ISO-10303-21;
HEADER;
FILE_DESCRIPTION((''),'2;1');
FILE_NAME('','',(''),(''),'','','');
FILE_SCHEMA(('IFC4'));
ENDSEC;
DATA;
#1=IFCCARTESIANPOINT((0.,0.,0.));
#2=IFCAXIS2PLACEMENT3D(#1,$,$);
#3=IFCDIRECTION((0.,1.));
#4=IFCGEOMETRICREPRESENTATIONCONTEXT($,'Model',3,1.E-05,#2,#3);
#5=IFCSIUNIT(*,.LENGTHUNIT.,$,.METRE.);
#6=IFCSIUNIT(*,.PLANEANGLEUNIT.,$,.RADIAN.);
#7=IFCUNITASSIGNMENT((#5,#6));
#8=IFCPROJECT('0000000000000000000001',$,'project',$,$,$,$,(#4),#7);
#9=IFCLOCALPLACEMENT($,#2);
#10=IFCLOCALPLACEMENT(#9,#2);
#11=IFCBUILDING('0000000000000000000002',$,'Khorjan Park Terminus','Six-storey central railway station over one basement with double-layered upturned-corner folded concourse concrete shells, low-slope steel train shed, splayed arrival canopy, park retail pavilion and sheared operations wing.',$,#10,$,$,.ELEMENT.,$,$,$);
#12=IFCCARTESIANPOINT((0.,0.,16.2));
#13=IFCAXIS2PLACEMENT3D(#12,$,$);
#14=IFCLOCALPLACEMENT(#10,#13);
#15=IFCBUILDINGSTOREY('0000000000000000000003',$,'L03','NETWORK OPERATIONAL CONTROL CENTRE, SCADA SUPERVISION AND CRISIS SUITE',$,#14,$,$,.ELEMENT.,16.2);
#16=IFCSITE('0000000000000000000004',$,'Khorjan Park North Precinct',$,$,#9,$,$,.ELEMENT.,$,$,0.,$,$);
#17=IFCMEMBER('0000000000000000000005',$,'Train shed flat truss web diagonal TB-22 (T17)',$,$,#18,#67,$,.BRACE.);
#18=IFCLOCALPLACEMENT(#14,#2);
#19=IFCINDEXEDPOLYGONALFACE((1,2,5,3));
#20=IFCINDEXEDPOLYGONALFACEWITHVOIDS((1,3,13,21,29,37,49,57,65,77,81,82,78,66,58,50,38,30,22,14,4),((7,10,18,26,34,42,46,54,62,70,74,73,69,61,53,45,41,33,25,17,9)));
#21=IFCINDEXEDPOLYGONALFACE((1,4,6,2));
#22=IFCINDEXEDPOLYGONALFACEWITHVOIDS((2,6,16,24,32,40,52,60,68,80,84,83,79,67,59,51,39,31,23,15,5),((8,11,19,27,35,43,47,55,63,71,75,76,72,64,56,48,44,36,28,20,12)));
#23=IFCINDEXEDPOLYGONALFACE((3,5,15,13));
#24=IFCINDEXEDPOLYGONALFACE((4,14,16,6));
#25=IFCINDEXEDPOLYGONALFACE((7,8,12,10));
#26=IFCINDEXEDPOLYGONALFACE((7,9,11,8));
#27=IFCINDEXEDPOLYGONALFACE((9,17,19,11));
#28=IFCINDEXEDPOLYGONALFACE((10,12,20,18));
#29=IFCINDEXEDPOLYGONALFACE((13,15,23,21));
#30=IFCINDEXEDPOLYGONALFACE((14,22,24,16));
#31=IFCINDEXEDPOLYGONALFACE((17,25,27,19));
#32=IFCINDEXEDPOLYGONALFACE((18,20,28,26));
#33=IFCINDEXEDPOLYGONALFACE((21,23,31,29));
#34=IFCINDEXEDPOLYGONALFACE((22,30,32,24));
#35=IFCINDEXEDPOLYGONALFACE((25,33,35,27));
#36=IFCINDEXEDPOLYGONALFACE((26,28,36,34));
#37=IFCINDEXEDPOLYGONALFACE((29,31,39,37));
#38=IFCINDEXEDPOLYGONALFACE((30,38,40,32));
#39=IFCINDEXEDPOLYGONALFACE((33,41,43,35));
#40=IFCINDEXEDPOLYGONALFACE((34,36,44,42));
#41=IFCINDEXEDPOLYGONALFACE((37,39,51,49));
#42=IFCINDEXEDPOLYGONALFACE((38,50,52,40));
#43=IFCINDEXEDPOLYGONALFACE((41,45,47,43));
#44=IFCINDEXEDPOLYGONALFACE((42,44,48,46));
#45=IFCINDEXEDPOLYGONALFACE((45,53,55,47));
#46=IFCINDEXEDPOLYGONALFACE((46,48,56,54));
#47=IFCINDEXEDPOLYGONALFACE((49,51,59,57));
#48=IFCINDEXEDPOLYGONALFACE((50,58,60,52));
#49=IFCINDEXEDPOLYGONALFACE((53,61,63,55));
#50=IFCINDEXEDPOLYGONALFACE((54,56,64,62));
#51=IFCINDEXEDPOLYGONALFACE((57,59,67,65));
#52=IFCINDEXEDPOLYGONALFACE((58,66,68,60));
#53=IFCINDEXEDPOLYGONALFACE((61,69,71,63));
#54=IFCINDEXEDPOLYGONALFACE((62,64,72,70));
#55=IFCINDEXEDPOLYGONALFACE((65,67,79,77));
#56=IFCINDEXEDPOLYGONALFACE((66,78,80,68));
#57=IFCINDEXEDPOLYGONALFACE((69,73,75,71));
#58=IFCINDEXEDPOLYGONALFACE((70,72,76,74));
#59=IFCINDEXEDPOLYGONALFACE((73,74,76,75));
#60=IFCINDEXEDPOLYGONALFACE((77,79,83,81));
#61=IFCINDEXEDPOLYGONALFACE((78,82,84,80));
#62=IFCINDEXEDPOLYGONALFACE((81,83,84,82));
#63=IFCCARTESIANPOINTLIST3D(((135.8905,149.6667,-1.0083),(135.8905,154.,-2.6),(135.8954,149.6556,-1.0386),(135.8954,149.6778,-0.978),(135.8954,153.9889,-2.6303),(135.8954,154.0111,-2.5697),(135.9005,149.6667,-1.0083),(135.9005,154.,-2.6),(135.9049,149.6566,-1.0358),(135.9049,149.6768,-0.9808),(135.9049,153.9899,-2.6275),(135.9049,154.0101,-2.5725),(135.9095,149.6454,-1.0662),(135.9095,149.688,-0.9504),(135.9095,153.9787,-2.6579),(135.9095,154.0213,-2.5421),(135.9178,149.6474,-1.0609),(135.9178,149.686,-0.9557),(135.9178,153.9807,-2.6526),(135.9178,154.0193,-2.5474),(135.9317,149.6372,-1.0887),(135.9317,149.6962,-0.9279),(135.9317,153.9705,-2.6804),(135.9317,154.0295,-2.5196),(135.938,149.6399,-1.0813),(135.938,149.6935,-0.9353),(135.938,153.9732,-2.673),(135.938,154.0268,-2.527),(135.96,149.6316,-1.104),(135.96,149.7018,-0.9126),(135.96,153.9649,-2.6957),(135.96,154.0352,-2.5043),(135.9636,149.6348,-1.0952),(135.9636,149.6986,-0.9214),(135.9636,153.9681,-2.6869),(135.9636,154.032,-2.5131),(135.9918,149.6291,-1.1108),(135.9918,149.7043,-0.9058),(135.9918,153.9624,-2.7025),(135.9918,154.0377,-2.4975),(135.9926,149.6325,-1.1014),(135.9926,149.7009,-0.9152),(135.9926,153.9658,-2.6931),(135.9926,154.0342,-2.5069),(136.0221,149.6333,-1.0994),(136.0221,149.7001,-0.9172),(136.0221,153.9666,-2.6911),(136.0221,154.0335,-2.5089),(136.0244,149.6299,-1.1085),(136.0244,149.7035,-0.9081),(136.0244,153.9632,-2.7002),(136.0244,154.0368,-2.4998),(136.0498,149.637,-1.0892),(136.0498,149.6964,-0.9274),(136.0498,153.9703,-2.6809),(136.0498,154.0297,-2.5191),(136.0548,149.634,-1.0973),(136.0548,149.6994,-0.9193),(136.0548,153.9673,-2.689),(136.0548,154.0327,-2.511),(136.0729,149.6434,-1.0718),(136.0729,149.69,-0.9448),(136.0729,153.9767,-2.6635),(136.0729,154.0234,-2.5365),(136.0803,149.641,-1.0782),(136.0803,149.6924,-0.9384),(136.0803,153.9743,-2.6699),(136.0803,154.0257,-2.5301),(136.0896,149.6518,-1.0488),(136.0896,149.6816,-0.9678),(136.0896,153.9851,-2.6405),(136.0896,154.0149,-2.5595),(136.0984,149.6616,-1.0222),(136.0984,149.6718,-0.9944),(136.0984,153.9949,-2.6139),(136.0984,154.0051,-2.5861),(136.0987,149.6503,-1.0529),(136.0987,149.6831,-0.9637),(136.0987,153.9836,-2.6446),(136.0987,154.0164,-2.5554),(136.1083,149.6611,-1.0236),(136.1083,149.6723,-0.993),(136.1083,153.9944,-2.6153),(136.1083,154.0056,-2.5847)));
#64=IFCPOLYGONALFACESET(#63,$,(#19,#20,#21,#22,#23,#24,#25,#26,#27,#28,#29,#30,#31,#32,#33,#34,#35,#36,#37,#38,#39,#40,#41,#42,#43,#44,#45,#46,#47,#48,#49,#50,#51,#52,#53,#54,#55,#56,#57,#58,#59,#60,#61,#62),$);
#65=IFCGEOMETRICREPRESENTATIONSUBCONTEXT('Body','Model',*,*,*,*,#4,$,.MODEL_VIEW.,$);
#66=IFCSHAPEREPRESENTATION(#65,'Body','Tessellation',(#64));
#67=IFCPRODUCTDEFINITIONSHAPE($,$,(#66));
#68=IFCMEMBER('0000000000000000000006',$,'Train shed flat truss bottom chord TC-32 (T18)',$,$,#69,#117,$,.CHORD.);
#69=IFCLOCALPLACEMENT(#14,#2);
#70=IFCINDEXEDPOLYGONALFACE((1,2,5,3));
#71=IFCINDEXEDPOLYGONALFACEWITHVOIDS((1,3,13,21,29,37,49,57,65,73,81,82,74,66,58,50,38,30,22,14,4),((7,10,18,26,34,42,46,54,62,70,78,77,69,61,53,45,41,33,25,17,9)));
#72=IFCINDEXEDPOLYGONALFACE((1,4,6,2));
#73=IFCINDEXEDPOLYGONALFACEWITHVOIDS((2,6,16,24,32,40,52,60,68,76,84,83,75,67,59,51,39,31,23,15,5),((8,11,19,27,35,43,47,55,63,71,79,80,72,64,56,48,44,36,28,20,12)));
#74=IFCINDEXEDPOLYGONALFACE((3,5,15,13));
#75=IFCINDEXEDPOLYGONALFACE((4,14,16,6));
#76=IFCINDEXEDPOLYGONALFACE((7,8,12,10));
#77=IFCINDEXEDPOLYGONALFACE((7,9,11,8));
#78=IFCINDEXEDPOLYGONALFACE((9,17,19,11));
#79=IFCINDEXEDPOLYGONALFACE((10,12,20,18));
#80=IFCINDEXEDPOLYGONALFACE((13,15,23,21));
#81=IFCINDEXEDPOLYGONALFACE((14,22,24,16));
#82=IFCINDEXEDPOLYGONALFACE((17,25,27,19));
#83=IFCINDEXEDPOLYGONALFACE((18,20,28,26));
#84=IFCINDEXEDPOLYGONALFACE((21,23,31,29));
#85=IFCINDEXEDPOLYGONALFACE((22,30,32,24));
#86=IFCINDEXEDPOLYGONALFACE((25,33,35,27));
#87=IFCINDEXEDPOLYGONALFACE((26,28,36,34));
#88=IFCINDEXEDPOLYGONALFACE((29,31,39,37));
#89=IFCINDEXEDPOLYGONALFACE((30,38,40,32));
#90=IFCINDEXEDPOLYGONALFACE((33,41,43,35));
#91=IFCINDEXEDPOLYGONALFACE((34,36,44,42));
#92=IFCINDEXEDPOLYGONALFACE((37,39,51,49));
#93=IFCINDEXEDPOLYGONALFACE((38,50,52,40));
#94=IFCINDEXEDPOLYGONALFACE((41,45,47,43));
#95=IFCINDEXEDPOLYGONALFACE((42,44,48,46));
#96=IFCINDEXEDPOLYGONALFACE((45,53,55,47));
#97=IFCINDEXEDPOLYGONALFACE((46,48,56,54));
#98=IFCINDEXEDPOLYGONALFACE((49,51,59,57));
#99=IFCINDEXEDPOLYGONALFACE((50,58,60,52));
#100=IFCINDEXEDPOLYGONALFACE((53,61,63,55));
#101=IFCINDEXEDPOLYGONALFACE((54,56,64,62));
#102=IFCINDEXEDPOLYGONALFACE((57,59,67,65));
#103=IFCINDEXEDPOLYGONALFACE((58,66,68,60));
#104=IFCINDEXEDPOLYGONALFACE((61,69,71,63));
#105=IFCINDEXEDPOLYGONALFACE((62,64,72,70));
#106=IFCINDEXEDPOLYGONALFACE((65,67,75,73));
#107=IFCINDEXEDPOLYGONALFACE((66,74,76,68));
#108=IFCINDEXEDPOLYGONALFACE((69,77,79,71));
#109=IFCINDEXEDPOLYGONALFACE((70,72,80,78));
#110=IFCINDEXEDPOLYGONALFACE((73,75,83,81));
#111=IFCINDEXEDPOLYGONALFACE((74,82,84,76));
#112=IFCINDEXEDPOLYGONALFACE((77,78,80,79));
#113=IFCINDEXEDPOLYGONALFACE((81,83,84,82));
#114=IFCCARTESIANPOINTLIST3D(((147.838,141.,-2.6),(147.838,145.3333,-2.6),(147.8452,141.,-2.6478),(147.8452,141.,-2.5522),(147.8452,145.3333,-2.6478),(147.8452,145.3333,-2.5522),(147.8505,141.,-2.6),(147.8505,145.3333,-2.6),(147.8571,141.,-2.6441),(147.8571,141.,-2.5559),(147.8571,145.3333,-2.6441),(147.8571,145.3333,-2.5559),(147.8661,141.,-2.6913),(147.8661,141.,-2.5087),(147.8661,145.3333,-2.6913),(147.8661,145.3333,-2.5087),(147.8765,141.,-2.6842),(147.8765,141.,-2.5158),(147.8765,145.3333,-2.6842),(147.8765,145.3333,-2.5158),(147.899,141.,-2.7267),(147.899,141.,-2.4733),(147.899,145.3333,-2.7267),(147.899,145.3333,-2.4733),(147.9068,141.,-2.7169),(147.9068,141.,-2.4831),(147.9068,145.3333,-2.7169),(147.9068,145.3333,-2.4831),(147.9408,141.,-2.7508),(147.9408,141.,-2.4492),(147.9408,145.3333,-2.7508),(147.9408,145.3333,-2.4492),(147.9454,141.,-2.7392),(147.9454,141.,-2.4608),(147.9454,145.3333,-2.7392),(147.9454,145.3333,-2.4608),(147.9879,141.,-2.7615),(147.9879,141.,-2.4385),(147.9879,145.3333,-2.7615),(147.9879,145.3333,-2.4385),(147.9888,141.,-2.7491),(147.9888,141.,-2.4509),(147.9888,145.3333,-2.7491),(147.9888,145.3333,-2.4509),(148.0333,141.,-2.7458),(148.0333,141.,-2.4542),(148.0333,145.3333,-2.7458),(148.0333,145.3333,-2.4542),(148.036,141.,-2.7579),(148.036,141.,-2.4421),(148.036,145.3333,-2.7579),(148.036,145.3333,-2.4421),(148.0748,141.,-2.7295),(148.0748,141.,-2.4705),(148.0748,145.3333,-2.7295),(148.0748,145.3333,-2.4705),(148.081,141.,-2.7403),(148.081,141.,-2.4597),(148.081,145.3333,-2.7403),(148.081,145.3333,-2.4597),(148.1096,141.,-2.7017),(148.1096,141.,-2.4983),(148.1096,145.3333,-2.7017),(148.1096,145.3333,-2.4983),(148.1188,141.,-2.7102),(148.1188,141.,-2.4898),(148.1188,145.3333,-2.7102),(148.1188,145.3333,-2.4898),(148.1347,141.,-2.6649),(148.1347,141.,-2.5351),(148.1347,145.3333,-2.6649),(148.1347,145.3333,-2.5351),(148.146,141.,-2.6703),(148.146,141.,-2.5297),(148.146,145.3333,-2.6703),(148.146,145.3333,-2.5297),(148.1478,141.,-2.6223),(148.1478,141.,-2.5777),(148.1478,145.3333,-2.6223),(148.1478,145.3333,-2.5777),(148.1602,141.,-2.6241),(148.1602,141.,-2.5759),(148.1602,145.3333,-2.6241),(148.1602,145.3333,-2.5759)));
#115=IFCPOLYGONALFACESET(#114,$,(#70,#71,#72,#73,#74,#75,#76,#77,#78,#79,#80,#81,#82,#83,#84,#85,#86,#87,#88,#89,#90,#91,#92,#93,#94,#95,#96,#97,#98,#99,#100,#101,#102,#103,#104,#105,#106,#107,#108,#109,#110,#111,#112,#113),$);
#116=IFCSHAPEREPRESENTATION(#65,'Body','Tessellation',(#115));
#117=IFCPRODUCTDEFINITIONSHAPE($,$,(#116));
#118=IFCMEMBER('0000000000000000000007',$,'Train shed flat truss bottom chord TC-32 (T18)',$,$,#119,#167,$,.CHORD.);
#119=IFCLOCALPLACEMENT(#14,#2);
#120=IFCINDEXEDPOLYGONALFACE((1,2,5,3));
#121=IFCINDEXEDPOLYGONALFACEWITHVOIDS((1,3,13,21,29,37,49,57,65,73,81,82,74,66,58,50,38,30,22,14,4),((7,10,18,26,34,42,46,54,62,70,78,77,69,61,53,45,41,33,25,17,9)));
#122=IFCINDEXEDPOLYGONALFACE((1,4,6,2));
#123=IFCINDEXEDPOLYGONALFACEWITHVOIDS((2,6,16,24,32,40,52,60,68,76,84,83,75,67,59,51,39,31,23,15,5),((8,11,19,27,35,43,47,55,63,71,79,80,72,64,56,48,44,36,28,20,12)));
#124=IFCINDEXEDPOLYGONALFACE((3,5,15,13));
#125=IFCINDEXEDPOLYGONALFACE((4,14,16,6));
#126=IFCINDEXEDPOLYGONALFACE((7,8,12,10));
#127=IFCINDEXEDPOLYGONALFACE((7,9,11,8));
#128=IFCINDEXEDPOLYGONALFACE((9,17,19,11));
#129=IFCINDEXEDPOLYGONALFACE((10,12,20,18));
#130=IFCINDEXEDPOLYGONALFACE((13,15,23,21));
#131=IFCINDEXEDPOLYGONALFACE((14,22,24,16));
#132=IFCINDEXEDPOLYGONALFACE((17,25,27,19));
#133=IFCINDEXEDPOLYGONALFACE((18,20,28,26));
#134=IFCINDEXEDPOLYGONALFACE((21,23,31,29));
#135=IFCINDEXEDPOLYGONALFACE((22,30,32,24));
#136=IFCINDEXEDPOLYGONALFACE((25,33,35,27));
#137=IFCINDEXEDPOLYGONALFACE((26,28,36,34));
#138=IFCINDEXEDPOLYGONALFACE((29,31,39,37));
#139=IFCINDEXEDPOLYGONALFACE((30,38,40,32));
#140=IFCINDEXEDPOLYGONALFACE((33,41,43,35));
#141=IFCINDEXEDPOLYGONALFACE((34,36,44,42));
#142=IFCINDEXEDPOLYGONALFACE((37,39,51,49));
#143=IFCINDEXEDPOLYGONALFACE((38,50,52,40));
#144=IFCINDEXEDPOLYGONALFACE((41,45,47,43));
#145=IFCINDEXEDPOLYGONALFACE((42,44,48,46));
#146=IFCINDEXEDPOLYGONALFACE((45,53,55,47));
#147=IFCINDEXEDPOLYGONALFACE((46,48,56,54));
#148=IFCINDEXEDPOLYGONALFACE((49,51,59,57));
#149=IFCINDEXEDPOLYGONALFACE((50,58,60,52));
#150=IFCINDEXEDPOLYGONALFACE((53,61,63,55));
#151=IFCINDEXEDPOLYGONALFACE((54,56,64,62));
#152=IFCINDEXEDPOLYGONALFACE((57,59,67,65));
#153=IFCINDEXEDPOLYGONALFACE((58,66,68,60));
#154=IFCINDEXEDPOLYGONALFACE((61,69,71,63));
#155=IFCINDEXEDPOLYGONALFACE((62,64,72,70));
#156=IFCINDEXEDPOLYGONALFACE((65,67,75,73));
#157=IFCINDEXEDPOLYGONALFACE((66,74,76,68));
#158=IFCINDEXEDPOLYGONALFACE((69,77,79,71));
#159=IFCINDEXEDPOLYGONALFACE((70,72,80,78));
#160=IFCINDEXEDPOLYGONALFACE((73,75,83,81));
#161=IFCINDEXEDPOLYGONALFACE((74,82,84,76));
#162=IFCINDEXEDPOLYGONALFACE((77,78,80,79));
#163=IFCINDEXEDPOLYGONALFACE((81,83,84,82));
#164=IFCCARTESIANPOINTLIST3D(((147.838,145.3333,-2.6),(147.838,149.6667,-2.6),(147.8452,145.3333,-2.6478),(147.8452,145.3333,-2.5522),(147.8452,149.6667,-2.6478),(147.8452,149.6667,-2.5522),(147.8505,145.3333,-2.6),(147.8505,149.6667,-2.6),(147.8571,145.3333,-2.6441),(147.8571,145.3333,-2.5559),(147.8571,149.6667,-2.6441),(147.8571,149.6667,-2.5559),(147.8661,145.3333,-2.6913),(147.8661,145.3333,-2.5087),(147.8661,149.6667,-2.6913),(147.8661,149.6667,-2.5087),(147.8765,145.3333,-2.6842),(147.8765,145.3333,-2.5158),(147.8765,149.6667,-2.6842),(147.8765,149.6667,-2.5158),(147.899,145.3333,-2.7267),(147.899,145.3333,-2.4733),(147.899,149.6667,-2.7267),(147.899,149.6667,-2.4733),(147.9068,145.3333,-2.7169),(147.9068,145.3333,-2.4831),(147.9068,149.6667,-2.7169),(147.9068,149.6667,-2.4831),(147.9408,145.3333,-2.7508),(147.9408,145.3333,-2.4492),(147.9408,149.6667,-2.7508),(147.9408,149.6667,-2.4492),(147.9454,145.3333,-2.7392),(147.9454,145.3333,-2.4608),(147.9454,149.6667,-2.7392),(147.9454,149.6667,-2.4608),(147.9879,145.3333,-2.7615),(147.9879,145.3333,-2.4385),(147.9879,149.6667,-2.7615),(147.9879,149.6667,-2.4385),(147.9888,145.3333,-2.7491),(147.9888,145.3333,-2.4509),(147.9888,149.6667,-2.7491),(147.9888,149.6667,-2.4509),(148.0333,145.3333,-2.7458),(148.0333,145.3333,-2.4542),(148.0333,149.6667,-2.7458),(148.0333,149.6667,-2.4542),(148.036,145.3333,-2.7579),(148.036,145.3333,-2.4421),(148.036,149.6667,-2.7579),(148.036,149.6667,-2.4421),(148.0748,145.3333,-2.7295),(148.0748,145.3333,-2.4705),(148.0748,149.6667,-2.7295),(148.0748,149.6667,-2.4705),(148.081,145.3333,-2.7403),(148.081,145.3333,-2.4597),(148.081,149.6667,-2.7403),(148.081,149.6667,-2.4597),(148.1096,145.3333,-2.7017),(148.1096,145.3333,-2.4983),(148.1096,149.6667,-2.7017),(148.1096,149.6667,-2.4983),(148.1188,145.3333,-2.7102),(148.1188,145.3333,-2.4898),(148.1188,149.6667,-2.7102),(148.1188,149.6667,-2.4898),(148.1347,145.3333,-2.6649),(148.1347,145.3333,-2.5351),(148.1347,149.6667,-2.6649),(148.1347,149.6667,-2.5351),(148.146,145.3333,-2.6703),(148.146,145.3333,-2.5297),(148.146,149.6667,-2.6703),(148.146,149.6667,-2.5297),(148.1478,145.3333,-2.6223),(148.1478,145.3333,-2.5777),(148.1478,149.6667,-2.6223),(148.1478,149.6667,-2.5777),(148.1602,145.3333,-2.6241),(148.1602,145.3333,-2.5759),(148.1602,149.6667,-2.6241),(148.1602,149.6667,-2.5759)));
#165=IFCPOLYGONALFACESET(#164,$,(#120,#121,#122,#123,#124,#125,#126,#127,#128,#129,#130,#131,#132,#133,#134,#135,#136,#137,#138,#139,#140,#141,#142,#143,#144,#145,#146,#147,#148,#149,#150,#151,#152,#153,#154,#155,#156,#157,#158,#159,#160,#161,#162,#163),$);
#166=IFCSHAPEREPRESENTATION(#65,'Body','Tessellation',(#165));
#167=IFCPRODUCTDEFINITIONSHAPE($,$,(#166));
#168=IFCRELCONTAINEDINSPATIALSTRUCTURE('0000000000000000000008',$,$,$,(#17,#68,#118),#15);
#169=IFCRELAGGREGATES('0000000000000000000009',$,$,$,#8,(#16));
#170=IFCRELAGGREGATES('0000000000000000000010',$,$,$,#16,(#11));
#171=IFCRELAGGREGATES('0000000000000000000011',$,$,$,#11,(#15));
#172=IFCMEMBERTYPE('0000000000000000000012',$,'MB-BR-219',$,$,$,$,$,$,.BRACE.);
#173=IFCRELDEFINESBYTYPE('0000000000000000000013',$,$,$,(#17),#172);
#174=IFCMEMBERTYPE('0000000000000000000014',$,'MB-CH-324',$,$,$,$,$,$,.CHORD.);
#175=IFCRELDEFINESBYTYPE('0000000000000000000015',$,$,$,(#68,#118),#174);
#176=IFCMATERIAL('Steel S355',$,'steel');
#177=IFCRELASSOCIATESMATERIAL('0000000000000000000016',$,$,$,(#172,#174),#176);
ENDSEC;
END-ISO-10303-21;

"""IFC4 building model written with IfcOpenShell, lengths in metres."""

from ifc_helpers import new_model, si_unit, direction, frame, origin, origin_2d, place, context, subcontext, project, spatial, hollow_circle, extrude, material, material_profile, profile_set, type_object, element, save


model = new_model("IFC4")

# Units and contexts
model_context = context("Model", 3, precision=1e-05, world=origin(), true_north=direction((0.0, 1.0)))
body_context = subcontext(model_context, "Body", "Model", "MODEL_VIEW")
ifc_project = project(units=[si_unit("LENGTHUNIT", "METRE"), si_unit("PLANEANGLEUNIT", "RADIAN")], contexts=[model_context])

# Site, building, storey
site_placement = place(None, origin())
site = spatial("IfcSite", under=ifc_project, at=site_placement, Name="Khorjan Park North Precinct", CompositionType="ELEMENT", RefElevation=0.0)
building_placement = place(site_placement, origin())
building = spatial("IfcBuilding", under=site, at=building_placement, Name="Khorjan Park Terminus", Description="Six-storey central railway station over one basement with double-layered upturned-corner folded concourse concrete shells, low-slope steel train shed, splayed arrival canopy, park retail pavilion and sheared operations wing.", CompositionType="ELEMENT")
storey_placement = place(building_placement, frame((0.0, 0.0, 16.2)))
storey = spatial("IfcBuildingStorey", under=building, at=storey_placement, Name="L03", Description="NETWORK OPERATIONAL CONTROL CENTRE, SCADA SUPERVISION AND CRISIS SUITE", CompositionType="ELEMENT", Elevation=16.2)

# Members
ifc_material = material(Name="Steel S355", Category="steel")
ifc_material_profile_1 = material_profile(ifc_material, hollow_circle(Radius=0.1095, WallThickness=0.01, at=origin_2d()), Name="CHS 219.1x10")
ifc_profile_set_1 = profile_set([ifc_material_profile_1], Name="Steel S355")
member_type_1 = type_object("IfcMemberType", Name="MB-BR-219", PredefinedType="BRACE", material=ifc_profile_set_1)
member_1_placement = place(storey_placement, frame((136.0, 149.6667, -1.0083), z_axis=(0.0, 0.938678, -0.344794), x_axis=(-1.0, 0.0, 0.0)))
element("IfcMember", 1, at=member_1_placement, inside=storey, type_object=member_type_1, Name="Train shed flat truss web diagonal TB-22 (T17)", PredefinedType="BRACE", context=body_context, shape_type="SweptSolid", body=[
    extrude(hollow_circle(Radius=0.1095, WallThickness=0.01, at=origin_2d()), origin(), (0.0, 0.0, 1.0), 4.6164),
])
ifc_material_profile_2 = material_profile(ifc_material, hollow_circle(Radius=0.162, WallThickness=0.0125, at=origin_2d()), Name="CHS 323.9x12.5")
ifc_profile_set_2 = profile_set([ifc_material_profile_2], Name="Steel S355")
member_type_2 = type_object("IfcMemberType", Name="MB-CH-324", PredefinedType="CHORD", material=ifc_profile_set_2)
member_2_placement = place(storey_placement, frame((148.0, 141.0, -2.6), z_axis=(0.0, 1.0, 0.0), x_axis=(-1.0, 0.0, 0.0)))
element("IfcMember", 2, at=member_2_placement, inside=storey, type_object=member_type_2, Name="Train shed flat truss bottom chord TC-32 (T18)", PredefinedType="CHORD", context=body_context, shape_type="SweptSolid", body=[
    extrude(hollow_circle(Radius=0.162, WallThickness=0.0125, at=origin_2d()), origin(), (0.0, 0.0, 1.0), 4.3333),
])
member_3_placement = place(storey_placement, frame((148.0, 145.3333, -2.6), z_axis=(0.0, 1.0, 0.0), x_axis=(-1.0, 0.0, 0.0)))
element("IfcMember", 3, at=member_3_placement, inside=storey, type_object=member_type_2, Name="Train shed flat truss bottom chord TC-32 (T18)", PredefinedType="CHORD", context=body_context, shape_type="SweptSolid", body=[
    extrude(hollow_circle(Radius=0.162, WallThickness=0.0125, at=origin_2d()), origin(), (0.0, 0.0, 1.0), 4.3334),
])

save(model, "model.ifc")
